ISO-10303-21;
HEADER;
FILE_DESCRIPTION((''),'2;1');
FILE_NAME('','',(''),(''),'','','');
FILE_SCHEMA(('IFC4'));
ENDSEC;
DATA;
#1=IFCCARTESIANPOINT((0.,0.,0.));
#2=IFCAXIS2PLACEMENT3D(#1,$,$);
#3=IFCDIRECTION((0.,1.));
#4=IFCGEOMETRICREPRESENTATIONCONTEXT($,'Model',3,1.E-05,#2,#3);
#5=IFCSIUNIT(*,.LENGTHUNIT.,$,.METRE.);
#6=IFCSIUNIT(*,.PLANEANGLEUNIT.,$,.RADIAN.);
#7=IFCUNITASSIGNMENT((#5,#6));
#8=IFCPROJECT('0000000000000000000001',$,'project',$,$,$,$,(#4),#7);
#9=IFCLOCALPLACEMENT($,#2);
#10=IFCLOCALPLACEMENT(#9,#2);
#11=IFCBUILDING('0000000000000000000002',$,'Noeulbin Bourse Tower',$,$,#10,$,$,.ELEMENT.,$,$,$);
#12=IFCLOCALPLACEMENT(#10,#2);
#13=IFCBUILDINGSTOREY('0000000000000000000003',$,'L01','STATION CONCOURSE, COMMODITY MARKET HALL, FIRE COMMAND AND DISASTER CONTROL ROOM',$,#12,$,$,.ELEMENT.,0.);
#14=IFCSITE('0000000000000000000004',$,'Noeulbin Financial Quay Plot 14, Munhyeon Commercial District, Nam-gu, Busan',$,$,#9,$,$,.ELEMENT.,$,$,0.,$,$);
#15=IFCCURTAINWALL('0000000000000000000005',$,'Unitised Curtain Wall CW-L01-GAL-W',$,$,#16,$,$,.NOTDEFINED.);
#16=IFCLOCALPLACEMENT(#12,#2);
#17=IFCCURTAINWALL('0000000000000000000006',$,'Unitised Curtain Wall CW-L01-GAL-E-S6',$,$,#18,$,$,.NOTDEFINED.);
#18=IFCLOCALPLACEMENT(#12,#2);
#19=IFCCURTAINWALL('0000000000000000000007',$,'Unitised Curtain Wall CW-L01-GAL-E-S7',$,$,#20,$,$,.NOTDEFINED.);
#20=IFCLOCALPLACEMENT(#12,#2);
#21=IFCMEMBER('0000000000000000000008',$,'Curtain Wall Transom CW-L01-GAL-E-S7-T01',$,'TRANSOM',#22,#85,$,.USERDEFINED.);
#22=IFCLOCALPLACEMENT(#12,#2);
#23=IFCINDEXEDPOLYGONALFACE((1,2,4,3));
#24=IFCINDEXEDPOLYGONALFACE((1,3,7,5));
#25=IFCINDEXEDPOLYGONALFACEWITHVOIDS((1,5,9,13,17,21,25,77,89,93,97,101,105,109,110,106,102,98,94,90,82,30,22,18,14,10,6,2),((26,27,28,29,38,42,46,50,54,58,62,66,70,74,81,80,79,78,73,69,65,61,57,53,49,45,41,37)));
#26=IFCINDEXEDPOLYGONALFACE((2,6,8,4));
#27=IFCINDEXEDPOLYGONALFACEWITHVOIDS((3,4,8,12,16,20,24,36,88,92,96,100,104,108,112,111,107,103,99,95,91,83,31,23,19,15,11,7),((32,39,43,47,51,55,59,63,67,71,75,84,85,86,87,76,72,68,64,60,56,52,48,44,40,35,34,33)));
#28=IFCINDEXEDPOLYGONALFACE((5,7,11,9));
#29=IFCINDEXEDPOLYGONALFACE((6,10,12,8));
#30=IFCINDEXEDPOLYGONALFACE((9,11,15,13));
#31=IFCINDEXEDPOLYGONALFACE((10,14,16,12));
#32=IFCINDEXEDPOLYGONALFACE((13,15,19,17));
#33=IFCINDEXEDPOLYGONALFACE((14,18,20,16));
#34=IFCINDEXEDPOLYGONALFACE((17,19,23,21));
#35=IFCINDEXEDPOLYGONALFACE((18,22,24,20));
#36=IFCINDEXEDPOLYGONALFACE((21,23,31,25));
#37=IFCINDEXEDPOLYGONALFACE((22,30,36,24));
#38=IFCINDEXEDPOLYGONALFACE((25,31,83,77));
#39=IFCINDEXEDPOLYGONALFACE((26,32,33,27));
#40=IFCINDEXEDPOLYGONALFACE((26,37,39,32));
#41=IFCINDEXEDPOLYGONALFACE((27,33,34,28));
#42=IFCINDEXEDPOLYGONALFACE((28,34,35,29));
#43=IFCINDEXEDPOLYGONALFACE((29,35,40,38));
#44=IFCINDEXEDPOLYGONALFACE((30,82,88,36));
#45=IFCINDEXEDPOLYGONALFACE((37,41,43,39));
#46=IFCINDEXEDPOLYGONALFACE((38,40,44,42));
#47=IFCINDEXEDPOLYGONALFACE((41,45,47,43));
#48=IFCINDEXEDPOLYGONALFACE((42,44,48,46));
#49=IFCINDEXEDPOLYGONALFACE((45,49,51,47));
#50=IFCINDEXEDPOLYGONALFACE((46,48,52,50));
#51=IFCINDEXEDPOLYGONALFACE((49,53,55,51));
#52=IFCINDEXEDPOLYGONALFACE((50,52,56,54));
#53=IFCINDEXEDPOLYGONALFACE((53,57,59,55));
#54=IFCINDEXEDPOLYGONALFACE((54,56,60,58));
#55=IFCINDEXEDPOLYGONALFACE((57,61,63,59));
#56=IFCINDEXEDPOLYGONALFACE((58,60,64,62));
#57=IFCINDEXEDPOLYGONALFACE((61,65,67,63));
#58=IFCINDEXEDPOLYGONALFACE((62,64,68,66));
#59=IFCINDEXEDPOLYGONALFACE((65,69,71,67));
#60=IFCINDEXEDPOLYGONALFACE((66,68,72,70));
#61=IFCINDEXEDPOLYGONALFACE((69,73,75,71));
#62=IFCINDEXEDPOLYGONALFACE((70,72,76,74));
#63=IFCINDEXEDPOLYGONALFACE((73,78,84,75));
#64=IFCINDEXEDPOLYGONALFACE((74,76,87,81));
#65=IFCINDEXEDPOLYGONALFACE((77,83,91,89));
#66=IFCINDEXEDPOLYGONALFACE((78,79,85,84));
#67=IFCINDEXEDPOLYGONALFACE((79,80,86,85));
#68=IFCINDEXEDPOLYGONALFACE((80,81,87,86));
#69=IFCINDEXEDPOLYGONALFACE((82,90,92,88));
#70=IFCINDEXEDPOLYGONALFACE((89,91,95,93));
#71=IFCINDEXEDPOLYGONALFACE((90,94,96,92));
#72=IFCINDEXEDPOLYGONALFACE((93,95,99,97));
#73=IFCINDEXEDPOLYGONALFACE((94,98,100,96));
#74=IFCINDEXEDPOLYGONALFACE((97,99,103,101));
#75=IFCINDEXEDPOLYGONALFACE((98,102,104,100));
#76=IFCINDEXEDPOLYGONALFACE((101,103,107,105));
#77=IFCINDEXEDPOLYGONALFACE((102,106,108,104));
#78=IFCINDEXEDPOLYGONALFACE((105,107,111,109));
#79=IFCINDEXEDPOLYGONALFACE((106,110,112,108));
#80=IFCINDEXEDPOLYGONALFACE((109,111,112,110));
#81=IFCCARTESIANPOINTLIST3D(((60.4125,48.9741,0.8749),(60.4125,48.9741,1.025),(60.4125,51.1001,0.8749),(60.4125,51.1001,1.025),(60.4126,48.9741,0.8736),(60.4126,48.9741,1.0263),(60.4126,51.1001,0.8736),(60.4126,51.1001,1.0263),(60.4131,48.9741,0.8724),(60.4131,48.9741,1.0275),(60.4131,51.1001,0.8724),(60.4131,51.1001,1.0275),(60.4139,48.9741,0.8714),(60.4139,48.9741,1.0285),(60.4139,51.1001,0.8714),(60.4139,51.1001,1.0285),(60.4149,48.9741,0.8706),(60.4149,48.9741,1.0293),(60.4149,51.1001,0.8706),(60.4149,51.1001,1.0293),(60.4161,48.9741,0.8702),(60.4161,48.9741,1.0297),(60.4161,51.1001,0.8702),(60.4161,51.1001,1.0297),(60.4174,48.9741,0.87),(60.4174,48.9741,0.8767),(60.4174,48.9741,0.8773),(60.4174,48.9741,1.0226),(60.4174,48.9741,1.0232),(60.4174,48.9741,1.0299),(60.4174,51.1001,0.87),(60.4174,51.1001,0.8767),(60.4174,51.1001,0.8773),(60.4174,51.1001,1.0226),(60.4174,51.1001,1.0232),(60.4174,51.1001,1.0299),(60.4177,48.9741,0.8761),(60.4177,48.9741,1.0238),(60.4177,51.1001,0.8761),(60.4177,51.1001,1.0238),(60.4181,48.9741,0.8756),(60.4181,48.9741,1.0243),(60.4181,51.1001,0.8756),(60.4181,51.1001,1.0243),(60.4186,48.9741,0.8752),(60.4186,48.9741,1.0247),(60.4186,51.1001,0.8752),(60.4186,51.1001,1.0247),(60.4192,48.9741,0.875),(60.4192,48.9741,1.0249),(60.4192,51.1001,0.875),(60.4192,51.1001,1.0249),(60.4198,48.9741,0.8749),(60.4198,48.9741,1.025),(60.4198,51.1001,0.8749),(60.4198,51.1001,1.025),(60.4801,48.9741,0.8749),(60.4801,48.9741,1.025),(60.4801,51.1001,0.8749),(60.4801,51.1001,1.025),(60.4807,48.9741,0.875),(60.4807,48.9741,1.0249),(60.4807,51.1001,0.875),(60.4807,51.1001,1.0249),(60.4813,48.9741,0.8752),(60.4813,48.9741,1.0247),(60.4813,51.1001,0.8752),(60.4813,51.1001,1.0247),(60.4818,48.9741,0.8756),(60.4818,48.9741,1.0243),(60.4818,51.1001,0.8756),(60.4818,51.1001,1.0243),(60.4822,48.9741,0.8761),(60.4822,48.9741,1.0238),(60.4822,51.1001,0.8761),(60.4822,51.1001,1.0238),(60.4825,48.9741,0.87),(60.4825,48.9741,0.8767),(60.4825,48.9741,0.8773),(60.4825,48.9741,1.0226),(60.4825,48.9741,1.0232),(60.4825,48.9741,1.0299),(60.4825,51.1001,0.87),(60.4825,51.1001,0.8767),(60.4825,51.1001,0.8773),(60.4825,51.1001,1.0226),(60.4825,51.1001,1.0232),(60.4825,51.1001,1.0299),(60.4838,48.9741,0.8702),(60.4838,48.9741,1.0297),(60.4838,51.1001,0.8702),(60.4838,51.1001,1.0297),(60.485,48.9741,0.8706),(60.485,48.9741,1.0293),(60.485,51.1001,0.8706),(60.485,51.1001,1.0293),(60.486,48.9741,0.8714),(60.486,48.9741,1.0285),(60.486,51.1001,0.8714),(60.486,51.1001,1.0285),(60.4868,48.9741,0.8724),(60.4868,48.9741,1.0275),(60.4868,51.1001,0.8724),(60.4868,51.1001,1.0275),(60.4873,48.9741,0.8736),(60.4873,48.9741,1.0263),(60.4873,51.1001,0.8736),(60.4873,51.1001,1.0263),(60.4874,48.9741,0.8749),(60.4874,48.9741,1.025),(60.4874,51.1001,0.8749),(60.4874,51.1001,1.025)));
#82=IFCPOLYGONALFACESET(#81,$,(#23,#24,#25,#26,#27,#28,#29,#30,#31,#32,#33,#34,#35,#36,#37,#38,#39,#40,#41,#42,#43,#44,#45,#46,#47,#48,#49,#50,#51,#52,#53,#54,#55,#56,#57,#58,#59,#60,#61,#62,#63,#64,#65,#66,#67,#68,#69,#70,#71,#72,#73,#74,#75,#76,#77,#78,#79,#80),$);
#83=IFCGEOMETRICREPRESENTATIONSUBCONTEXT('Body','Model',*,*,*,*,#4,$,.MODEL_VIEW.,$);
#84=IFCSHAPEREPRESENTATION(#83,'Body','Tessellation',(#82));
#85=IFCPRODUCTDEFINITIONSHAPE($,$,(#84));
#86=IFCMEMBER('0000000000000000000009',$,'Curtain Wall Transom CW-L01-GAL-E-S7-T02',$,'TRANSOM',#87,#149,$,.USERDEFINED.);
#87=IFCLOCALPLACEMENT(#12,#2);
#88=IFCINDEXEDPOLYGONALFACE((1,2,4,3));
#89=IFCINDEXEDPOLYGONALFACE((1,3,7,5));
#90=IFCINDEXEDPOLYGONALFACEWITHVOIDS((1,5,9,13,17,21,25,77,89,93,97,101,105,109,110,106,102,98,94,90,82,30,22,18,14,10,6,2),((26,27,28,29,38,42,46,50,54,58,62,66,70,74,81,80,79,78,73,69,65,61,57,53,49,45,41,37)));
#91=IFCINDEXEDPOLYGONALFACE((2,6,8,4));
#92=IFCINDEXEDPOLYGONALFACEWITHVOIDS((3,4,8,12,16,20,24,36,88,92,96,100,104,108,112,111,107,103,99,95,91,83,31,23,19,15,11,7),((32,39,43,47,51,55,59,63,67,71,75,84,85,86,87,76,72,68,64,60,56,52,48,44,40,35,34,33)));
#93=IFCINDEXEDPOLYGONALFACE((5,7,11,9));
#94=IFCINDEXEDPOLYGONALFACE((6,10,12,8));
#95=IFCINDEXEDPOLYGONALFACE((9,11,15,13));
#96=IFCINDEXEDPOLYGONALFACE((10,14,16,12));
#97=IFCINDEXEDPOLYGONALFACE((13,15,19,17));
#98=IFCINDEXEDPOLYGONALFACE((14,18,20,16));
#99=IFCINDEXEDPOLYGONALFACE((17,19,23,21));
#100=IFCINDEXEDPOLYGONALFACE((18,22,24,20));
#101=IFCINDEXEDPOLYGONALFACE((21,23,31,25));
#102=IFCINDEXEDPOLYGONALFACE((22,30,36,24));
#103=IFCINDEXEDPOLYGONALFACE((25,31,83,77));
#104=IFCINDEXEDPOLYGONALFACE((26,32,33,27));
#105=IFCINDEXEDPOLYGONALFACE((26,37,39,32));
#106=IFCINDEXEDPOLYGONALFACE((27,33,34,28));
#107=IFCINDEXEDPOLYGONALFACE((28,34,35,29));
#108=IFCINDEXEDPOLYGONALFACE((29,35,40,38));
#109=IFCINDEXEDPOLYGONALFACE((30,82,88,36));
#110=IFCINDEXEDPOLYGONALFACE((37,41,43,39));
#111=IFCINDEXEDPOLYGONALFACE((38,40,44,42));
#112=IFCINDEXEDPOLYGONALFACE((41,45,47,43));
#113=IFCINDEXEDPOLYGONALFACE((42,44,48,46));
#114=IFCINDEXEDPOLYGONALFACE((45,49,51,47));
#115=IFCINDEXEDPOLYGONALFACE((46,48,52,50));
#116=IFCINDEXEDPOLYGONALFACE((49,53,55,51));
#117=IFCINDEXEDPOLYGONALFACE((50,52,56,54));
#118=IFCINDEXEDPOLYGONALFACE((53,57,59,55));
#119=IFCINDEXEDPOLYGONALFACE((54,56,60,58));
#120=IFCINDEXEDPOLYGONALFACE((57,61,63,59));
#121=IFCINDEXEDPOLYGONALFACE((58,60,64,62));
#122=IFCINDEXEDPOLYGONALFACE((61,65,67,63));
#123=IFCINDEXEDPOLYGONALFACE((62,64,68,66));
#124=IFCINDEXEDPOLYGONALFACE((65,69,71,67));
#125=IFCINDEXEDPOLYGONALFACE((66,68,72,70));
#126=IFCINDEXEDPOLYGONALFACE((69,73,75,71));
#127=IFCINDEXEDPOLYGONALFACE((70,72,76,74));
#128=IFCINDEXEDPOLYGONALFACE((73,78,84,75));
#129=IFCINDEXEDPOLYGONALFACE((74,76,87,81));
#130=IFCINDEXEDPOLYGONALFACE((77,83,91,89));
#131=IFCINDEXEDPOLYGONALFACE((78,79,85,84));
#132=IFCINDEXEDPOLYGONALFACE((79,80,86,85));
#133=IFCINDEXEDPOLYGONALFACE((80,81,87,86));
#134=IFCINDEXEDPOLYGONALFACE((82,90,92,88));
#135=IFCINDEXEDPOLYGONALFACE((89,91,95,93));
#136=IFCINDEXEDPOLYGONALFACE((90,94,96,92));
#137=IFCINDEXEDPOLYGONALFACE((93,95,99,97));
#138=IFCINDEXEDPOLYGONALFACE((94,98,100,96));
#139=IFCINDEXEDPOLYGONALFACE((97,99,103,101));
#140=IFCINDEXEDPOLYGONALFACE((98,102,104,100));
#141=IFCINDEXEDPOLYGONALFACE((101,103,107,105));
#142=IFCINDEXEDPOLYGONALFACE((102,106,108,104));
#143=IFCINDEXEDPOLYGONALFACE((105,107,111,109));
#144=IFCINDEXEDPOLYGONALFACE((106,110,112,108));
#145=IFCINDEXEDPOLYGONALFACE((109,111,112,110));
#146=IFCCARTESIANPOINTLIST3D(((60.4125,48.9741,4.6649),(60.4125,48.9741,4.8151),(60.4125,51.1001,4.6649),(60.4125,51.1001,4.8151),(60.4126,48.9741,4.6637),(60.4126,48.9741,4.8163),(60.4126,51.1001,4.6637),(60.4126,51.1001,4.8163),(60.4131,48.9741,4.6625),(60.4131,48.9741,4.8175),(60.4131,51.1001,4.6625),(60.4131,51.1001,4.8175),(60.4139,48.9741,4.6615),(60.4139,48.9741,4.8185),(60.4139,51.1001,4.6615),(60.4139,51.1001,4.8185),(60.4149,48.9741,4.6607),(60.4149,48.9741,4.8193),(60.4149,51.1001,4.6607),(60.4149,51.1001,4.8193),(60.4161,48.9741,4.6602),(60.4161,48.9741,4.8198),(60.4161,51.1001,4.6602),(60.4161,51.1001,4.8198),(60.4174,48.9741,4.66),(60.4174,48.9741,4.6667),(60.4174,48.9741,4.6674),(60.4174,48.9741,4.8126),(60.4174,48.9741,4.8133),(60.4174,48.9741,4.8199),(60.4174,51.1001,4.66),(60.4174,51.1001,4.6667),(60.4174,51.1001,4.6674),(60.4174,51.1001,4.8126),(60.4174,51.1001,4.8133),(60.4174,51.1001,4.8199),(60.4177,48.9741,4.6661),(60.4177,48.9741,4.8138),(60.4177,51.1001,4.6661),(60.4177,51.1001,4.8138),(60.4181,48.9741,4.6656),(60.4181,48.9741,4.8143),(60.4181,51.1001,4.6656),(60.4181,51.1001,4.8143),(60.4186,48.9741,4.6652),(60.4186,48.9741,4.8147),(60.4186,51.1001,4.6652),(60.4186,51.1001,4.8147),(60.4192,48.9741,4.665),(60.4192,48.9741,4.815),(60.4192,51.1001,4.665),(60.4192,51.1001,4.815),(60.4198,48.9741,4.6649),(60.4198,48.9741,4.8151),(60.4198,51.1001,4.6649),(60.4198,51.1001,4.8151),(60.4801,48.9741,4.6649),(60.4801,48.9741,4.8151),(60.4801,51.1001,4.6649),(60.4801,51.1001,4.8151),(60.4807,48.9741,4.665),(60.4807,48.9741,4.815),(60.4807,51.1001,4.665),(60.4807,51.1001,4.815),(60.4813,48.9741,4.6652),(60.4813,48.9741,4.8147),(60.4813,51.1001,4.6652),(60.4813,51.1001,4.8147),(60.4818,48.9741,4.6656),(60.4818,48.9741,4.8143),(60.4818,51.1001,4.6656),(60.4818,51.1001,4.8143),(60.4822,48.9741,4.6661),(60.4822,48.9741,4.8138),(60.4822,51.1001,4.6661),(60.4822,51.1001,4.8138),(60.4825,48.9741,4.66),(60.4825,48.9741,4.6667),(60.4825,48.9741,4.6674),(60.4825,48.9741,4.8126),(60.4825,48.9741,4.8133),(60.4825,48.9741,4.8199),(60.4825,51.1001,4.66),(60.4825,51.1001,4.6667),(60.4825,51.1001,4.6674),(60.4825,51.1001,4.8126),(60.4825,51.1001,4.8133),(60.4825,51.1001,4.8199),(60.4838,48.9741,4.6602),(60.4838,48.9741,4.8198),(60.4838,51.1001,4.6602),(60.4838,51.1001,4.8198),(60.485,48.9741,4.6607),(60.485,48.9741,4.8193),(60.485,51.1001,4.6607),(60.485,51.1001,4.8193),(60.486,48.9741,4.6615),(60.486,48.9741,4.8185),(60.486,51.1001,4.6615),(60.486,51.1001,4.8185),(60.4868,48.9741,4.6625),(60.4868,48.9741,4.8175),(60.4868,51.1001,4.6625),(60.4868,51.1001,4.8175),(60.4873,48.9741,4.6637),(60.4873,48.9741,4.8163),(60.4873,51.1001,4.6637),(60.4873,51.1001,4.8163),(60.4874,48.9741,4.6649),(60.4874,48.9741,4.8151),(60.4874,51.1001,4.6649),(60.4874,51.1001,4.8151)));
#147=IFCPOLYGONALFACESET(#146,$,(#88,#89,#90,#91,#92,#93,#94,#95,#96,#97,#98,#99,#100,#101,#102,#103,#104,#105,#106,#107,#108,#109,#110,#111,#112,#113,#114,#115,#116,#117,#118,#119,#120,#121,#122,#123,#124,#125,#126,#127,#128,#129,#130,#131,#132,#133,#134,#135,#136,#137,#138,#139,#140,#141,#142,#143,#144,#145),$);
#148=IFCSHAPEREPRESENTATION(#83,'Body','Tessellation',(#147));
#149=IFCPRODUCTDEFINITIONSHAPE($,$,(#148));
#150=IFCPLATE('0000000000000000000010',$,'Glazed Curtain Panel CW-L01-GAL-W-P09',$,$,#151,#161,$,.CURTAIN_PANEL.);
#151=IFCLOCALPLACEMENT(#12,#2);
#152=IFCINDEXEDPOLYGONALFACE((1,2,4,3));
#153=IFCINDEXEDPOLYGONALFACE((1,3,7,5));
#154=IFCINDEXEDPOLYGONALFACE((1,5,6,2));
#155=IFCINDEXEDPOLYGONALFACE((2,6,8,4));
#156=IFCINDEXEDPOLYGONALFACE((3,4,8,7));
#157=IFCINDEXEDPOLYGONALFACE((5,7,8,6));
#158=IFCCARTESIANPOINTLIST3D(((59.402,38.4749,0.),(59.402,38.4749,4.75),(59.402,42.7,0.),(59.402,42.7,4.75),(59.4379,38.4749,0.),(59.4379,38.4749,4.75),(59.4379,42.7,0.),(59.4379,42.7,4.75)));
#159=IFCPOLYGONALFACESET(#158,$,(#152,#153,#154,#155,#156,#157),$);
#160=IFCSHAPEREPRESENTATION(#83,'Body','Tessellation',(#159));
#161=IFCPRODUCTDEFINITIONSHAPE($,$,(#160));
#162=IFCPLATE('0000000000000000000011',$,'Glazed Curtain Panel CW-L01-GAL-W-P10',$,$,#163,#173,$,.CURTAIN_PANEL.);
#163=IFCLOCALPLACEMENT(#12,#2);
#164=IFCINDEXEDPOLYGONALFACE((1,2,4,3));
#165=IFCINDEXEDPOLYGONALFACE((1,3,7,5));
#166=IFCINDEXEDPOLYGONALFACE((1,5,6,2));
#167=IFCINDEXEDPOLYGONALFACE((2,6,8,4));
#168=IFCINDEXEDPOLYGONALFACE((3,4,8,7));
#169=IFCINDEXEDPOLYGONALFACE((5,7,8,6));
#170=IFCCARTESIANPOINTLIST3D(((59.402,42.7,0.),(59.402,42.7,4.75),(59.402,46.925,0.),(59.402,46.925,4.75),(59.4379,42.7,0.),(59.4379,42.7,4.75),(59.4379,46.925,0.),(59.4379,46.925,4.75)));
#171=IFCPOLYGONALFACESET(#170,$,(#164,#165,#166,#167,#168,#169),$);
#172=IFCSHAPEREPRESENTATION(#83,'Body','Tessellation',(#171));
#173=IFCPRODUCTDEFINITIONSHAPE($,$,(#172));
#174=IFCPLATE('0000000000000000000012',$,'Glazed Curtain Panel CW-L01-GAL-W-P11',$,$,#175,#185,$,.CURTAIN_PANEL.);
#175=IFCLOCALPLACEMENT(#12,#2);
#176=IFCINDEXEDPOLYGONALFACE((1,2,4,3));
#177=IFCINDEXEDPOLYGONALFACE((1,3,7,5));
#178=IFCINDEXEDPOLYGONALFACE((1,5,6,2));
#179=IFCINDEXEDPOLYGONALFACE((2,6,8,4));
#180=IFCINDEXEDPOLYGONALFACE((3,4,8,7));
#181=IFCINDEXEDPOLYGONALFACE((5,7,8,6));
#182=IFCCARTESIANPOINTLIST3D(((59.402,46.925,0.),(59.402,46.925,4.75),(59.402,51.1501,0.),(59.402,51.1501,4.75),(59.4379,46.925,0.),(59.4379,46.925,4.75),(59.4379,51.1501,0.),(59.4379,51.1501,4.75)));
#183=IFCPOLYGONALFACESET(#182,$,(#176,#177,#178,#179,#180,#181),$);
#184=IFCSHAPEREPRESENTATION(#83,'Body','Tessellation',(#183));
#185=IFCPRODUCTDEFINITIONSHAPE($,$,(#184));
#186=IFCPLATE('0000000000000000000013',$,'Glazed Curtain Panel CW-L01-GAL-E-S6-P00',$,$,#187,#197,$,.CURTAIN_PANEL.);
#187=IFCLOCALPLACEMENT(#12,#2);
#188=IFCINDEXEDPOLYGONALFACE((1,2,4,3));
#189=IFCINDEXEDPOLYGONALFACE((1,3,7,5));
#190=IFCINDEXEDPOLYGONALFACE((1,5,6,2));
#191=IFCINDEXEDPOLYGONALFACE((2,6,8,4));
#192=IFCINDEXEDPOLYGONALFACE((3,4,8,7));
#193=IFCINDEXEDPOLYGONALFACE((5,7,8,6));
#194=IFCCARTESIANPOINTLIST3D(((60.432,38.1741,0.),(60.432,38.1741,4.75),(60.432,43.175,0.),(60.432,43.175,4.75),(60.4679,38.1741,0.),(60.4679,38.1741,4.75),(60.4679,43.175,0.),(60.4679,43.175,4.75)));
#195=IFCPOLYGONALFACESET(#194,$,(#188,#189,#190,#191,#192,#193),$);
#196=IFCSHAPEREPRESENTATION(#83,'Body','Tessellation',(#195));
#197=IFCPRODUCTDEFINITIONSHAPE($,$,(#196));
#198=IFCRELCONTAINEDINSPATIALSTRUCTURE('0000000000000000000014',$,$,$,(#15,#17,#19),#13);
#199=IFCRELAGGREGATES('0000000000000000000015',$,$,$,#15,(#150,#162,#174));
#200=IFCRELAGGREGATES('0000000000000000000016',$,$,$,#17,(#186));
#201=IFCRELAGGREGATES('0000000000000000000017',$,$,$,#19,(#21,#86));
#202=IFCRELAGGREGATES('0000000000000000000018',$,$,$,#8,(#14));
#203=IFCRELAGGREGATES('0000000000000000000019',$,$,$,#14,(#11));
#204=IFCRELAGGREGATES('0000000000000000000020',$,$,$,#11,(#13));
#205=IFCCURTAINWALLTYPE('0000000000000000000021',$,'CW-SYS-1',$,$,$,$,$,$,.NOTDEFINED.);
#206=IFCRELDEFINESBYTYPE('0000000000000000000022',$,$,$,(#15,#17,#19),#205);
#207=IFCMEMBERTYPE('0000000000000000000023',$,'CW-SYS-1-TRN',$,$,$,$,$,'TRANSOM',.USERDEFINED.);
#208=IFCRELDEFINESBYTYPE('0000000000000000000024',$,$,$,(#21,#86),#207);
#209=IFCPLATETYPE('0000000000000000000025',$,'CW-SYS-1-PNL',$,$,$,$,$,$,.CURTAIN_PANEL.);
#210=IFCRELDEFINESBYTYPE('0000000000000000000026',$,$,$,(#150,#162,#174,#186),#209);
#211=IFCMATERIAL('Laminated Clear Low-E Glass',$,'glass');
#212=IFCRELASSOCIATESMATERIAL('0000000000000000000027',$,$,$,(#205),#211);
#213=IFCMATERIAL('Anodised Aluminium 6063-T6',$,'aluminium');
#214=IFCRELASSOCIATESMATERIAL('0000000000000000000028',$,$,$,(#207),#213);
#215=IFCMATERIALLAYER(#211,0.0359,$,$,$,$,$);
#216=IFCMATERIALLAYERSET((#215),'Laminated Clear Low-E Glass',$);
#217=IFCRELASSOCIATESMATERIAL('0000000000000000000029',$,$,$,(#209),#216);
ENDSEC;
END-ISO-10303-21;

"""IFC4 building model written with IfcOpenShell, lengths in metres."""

from ifc_helpers import new_model, si_unit, direction, frame, origin, origin_2d, place, context, subcontext, project, spatial, rectangle, hollow_rectangle, extrude, material, layer, layer_set, material_profile, profile_set, type_object, element, aggregate, save


model = new_model("IFC4")

# Units and contexts
model_context = context("Model", 3, precision=1e-05, world=origin(), true_north=direction((0.0, 1.0)))
body_context = subcontext(model_context, "Body", "Model", "MODEL_VIEW")
ifc_project = project(units=[si_unit("LENGTHUNIT", "METRE"), si_unit("PLANEANGLEUNIT", "RADIAN")], contexts=[model_context])

# Site, building, storey
site_placement = place(None, origin())
site = spatial("IfcSite", under=ifc_project, at=site_placement, Name="Noeulbin Financial Quay Plot 14, Munhyeon Commercial District, Nam-gu, Busan", CompositionType="ELEMENT", RefElevation=0.0)
building_placement = place(site_placement, origin())
building = spatial("IfcBuilding", under=site, at=building_placement, Name="Noeulbin Bourse Tower", CompositionType="ELEMENT")
storey_placement = place(building_placement, origin())
storey = spatial("IfcBuildingStorey", under=building, at=storey_placement, Name="L01", Description="STATION CONCOURSE, COMMODITY MARKET HALL, FIRE COMMAND AND DISASTER CONTROL ROOM", CompositionType="ELEMENT", Elevation=0.0)

# Curtain walls
ifc_material_1 = material(Name="Laminated Clear Low-E Glass", Category="glass")
curtain_wall_type = type_object("IfcCurtainWallType", Name="CW-SYS-1", PredefinedType="NOTDEFINED", material=ifc_material_1)
curtain_wall_1_placement = place(storey_placement, origin())
curtain_wall_1 = element("IfcCurtainWall", 1, at=curtain_wall_1_placement, inside=storey, type_object=curtain_wall_type, Name="Unitised Curtain Wall CW-L01-GAL-W", PredefinedType="NOTDEFINED")
ifc_material_2 = material(Name="Anodised Aluminium 6063-T6", Category="aluminium")
curtain_wall_2_placement = place(storey_placement, origin())
curtain_wall_2 = element("IfcCurtainWall", 2, at=curtain_wall_2_placement, inside=storey, type_object=curtain_wall_type, Name="Unitised Curtain Wall CW-L01-GAL-E-S6", PredefinedType="NOTDEFINED")

# Curtain wall
curtain_wall_3_placement = place(storey_placement, origin())
curtain_wall_3 = element("IfcCurtainWall", 3, at=curtain_wall_3_placement, inside=storey, type_object=curtain_wall_type, Name="Unitised Curtain Wall CW-L01-GAL-E-S7", PredefinedType="NOTDEFINED")

# Members
ifc_material_profile_1 = material_profile(ifc_material_2, hollow_rectangle(XDim=0.075, YDim=0.1599, WallThickness=0.0049, InnerFilletRadius=0.0024, OuterFilletRadius=0.0049, at=origin_2d()), Name="ALU-TRAN-75x160x5", Category="LoadBearing")
ifc_profile_set_1 = profile_set([ifc_material_profile_1], Name="Anodised Aluminium 6063-T6")
member_type_1 = type_object("IfcMemberType", Name="CW-SYS-1-TRN", ElementType="TRANSOM", PredefinedType="USERDEFINED", material=ifc_profile_set_1)
member_1_placement = place(storey_placement, frame((60.45, 48.9741, 0.95), z_axis=(0.0, 1.0, 0.0), x_axis=(-1.0, 0.0, 0.0)))
member_1 = element("IfcMember", 4, at=member_1_placement, type_object=member_type_1, Name="Curtain Wall Transom CW-L01-GAL-E-S7-T01", ObjectType="TRANSOM", PredefinedType="USERDEFINED", context=body_context, shape_type="SweptSolid", body=[
    extrude(hollow_rectangle(XDim=0.075, YDim=0.1599, WallThickness=0.0049, InnerFilletRadius=0.0024, OuterFilletRadius=0.0049, at=origin_2d()), origin(), (0.0, 0.0, 1.0), 2.126),
])
member_2_placement = place(storey_placement, frame((60.45, 48.9741, 4.74), z_axis=(0.0, 1.0, 0.0), x_axis=(-1.0, 0.0, 0.0)))
member_2 = element("IfcMember", 5, at=member_2_placement, type_object=member_type_1, Name="Curtain Wall Transom CW-L01-GAL-E-S7-T02", ObjectType="TRANSOM", PredefinedType="USERDEFINED", context=body_context, shape_type="SweptSolid", body=[
    extrude(hollow_rectangle(XDim=0.075, YDim=0.1599, WallThickness=0.0049, InnerFilletRadius=0.0024, OuterFilletRadius=0.0049, at=origin_2d()), origin(), (0.0, 0.0, 1.0), 2.126),
])

# Plates
ifc_layer_1 = layer(ifc_material_1, 0.0359)
ifc_layer_set_1 = layer_set([ifc_layer_1], Name="Laminated Clear Low-E Glass")
plate_type = type_object("IfcPlateType", Name="CW-SYS-1-PNL", PredefinedType="CURTAIN_PANEL", material=ifc_layer_set_1)
plate_1_placement = place(storey_placement, frame((59.4199, 40.5874, 0.0), z_axis=(0.0, 0.0, 1.0), x_axis=(0.0, 1.0, 0.0)))
plate_1 = element("IfcPlate", 6, at=plate_1_placement, type_object=plate_type, Name="Glazed Curtain Panel CW-L01-GAL-W-P09", PredefinedType="CURTAIN_PANEL", context=body_context, shape_type="SweptSolid", body=[
    extrude(rectangle(XDim=4.2251, YDim=0.0359, at=origin_2d()), origin(), (0.0, 0.0, 1.0), 4.75),
])
plate_2_placement = place(storey_placement, frame((59.4199, 44.8125, 0.0), z_axis=(0.0, 0.0, 1.0), x_axis=(0.0, 1.0, 0.0)))
plate_2 = element("IfcPlate", 7, at=plate_2_placement, type_object=plate_type, Name="Glazed Curtain Panel CW-L01-GAL-W-P10", PredefinedType="CURTAIN_PANEL", context=body_context, shape_type="SweptSolid", body=[
    extrude(rectangle(XDim=4.2251, YDim=0.0359, at=origin_2d()), origin(), (0.0, 0.0, 1.0), 4.75),
])
plate_3_placement = place(storey_placement, frame((59.4199, 49.0376, 0.0), z_axis=(0.0, 0.0, 1.0), x_axis=(0.0, 1.0, 0.0)))
plate_3 = element("IfcPlate", 8, at=plate_3_placement, type_object=plate_type, Name="Glazed Curtain Panel CW-L01-GAL-W-P11", PredefinedType="CURTAIN_PANEL", context=body_context, shape_type="SweptSolid", body=[
    extrude(rectangle(XDim=4.2251, YDim=0.0359, at=origin_2d()), origin(), (0.0, 0.0, 1.0), 4.75),
])
aggregate(curtain_wall_1, [plate_1, plate_2, plate_3])
plate_4_placement = place(storey_placement, frame((60.45, 40.6746, 0.0), z_axis=(0.0, 0.0, 1.0), x_axis=(0.0, 1.0, 0.0)))
plate_4 = element("IfcPlate", 9, at=plate_4_placement, type_object=plate_type, Name="Glazed Curtain Panel CW-L01-GAL-E-S6-P00", PredefinedType="CURTAIN_PANEL", context=body_context, shape_type="SweptSolid", body=[
    extrude(rectangle(XDim=5.001, YDim=0.0359, at=origin_2d()), origin(), (0.0, 0.0, 1.0), 4.75),
])
aggregate(curtain_wall_2, [plate_4])
aggregate(curtain_wall_3, [member_1, member_2])

save(model, "model.ifc")
